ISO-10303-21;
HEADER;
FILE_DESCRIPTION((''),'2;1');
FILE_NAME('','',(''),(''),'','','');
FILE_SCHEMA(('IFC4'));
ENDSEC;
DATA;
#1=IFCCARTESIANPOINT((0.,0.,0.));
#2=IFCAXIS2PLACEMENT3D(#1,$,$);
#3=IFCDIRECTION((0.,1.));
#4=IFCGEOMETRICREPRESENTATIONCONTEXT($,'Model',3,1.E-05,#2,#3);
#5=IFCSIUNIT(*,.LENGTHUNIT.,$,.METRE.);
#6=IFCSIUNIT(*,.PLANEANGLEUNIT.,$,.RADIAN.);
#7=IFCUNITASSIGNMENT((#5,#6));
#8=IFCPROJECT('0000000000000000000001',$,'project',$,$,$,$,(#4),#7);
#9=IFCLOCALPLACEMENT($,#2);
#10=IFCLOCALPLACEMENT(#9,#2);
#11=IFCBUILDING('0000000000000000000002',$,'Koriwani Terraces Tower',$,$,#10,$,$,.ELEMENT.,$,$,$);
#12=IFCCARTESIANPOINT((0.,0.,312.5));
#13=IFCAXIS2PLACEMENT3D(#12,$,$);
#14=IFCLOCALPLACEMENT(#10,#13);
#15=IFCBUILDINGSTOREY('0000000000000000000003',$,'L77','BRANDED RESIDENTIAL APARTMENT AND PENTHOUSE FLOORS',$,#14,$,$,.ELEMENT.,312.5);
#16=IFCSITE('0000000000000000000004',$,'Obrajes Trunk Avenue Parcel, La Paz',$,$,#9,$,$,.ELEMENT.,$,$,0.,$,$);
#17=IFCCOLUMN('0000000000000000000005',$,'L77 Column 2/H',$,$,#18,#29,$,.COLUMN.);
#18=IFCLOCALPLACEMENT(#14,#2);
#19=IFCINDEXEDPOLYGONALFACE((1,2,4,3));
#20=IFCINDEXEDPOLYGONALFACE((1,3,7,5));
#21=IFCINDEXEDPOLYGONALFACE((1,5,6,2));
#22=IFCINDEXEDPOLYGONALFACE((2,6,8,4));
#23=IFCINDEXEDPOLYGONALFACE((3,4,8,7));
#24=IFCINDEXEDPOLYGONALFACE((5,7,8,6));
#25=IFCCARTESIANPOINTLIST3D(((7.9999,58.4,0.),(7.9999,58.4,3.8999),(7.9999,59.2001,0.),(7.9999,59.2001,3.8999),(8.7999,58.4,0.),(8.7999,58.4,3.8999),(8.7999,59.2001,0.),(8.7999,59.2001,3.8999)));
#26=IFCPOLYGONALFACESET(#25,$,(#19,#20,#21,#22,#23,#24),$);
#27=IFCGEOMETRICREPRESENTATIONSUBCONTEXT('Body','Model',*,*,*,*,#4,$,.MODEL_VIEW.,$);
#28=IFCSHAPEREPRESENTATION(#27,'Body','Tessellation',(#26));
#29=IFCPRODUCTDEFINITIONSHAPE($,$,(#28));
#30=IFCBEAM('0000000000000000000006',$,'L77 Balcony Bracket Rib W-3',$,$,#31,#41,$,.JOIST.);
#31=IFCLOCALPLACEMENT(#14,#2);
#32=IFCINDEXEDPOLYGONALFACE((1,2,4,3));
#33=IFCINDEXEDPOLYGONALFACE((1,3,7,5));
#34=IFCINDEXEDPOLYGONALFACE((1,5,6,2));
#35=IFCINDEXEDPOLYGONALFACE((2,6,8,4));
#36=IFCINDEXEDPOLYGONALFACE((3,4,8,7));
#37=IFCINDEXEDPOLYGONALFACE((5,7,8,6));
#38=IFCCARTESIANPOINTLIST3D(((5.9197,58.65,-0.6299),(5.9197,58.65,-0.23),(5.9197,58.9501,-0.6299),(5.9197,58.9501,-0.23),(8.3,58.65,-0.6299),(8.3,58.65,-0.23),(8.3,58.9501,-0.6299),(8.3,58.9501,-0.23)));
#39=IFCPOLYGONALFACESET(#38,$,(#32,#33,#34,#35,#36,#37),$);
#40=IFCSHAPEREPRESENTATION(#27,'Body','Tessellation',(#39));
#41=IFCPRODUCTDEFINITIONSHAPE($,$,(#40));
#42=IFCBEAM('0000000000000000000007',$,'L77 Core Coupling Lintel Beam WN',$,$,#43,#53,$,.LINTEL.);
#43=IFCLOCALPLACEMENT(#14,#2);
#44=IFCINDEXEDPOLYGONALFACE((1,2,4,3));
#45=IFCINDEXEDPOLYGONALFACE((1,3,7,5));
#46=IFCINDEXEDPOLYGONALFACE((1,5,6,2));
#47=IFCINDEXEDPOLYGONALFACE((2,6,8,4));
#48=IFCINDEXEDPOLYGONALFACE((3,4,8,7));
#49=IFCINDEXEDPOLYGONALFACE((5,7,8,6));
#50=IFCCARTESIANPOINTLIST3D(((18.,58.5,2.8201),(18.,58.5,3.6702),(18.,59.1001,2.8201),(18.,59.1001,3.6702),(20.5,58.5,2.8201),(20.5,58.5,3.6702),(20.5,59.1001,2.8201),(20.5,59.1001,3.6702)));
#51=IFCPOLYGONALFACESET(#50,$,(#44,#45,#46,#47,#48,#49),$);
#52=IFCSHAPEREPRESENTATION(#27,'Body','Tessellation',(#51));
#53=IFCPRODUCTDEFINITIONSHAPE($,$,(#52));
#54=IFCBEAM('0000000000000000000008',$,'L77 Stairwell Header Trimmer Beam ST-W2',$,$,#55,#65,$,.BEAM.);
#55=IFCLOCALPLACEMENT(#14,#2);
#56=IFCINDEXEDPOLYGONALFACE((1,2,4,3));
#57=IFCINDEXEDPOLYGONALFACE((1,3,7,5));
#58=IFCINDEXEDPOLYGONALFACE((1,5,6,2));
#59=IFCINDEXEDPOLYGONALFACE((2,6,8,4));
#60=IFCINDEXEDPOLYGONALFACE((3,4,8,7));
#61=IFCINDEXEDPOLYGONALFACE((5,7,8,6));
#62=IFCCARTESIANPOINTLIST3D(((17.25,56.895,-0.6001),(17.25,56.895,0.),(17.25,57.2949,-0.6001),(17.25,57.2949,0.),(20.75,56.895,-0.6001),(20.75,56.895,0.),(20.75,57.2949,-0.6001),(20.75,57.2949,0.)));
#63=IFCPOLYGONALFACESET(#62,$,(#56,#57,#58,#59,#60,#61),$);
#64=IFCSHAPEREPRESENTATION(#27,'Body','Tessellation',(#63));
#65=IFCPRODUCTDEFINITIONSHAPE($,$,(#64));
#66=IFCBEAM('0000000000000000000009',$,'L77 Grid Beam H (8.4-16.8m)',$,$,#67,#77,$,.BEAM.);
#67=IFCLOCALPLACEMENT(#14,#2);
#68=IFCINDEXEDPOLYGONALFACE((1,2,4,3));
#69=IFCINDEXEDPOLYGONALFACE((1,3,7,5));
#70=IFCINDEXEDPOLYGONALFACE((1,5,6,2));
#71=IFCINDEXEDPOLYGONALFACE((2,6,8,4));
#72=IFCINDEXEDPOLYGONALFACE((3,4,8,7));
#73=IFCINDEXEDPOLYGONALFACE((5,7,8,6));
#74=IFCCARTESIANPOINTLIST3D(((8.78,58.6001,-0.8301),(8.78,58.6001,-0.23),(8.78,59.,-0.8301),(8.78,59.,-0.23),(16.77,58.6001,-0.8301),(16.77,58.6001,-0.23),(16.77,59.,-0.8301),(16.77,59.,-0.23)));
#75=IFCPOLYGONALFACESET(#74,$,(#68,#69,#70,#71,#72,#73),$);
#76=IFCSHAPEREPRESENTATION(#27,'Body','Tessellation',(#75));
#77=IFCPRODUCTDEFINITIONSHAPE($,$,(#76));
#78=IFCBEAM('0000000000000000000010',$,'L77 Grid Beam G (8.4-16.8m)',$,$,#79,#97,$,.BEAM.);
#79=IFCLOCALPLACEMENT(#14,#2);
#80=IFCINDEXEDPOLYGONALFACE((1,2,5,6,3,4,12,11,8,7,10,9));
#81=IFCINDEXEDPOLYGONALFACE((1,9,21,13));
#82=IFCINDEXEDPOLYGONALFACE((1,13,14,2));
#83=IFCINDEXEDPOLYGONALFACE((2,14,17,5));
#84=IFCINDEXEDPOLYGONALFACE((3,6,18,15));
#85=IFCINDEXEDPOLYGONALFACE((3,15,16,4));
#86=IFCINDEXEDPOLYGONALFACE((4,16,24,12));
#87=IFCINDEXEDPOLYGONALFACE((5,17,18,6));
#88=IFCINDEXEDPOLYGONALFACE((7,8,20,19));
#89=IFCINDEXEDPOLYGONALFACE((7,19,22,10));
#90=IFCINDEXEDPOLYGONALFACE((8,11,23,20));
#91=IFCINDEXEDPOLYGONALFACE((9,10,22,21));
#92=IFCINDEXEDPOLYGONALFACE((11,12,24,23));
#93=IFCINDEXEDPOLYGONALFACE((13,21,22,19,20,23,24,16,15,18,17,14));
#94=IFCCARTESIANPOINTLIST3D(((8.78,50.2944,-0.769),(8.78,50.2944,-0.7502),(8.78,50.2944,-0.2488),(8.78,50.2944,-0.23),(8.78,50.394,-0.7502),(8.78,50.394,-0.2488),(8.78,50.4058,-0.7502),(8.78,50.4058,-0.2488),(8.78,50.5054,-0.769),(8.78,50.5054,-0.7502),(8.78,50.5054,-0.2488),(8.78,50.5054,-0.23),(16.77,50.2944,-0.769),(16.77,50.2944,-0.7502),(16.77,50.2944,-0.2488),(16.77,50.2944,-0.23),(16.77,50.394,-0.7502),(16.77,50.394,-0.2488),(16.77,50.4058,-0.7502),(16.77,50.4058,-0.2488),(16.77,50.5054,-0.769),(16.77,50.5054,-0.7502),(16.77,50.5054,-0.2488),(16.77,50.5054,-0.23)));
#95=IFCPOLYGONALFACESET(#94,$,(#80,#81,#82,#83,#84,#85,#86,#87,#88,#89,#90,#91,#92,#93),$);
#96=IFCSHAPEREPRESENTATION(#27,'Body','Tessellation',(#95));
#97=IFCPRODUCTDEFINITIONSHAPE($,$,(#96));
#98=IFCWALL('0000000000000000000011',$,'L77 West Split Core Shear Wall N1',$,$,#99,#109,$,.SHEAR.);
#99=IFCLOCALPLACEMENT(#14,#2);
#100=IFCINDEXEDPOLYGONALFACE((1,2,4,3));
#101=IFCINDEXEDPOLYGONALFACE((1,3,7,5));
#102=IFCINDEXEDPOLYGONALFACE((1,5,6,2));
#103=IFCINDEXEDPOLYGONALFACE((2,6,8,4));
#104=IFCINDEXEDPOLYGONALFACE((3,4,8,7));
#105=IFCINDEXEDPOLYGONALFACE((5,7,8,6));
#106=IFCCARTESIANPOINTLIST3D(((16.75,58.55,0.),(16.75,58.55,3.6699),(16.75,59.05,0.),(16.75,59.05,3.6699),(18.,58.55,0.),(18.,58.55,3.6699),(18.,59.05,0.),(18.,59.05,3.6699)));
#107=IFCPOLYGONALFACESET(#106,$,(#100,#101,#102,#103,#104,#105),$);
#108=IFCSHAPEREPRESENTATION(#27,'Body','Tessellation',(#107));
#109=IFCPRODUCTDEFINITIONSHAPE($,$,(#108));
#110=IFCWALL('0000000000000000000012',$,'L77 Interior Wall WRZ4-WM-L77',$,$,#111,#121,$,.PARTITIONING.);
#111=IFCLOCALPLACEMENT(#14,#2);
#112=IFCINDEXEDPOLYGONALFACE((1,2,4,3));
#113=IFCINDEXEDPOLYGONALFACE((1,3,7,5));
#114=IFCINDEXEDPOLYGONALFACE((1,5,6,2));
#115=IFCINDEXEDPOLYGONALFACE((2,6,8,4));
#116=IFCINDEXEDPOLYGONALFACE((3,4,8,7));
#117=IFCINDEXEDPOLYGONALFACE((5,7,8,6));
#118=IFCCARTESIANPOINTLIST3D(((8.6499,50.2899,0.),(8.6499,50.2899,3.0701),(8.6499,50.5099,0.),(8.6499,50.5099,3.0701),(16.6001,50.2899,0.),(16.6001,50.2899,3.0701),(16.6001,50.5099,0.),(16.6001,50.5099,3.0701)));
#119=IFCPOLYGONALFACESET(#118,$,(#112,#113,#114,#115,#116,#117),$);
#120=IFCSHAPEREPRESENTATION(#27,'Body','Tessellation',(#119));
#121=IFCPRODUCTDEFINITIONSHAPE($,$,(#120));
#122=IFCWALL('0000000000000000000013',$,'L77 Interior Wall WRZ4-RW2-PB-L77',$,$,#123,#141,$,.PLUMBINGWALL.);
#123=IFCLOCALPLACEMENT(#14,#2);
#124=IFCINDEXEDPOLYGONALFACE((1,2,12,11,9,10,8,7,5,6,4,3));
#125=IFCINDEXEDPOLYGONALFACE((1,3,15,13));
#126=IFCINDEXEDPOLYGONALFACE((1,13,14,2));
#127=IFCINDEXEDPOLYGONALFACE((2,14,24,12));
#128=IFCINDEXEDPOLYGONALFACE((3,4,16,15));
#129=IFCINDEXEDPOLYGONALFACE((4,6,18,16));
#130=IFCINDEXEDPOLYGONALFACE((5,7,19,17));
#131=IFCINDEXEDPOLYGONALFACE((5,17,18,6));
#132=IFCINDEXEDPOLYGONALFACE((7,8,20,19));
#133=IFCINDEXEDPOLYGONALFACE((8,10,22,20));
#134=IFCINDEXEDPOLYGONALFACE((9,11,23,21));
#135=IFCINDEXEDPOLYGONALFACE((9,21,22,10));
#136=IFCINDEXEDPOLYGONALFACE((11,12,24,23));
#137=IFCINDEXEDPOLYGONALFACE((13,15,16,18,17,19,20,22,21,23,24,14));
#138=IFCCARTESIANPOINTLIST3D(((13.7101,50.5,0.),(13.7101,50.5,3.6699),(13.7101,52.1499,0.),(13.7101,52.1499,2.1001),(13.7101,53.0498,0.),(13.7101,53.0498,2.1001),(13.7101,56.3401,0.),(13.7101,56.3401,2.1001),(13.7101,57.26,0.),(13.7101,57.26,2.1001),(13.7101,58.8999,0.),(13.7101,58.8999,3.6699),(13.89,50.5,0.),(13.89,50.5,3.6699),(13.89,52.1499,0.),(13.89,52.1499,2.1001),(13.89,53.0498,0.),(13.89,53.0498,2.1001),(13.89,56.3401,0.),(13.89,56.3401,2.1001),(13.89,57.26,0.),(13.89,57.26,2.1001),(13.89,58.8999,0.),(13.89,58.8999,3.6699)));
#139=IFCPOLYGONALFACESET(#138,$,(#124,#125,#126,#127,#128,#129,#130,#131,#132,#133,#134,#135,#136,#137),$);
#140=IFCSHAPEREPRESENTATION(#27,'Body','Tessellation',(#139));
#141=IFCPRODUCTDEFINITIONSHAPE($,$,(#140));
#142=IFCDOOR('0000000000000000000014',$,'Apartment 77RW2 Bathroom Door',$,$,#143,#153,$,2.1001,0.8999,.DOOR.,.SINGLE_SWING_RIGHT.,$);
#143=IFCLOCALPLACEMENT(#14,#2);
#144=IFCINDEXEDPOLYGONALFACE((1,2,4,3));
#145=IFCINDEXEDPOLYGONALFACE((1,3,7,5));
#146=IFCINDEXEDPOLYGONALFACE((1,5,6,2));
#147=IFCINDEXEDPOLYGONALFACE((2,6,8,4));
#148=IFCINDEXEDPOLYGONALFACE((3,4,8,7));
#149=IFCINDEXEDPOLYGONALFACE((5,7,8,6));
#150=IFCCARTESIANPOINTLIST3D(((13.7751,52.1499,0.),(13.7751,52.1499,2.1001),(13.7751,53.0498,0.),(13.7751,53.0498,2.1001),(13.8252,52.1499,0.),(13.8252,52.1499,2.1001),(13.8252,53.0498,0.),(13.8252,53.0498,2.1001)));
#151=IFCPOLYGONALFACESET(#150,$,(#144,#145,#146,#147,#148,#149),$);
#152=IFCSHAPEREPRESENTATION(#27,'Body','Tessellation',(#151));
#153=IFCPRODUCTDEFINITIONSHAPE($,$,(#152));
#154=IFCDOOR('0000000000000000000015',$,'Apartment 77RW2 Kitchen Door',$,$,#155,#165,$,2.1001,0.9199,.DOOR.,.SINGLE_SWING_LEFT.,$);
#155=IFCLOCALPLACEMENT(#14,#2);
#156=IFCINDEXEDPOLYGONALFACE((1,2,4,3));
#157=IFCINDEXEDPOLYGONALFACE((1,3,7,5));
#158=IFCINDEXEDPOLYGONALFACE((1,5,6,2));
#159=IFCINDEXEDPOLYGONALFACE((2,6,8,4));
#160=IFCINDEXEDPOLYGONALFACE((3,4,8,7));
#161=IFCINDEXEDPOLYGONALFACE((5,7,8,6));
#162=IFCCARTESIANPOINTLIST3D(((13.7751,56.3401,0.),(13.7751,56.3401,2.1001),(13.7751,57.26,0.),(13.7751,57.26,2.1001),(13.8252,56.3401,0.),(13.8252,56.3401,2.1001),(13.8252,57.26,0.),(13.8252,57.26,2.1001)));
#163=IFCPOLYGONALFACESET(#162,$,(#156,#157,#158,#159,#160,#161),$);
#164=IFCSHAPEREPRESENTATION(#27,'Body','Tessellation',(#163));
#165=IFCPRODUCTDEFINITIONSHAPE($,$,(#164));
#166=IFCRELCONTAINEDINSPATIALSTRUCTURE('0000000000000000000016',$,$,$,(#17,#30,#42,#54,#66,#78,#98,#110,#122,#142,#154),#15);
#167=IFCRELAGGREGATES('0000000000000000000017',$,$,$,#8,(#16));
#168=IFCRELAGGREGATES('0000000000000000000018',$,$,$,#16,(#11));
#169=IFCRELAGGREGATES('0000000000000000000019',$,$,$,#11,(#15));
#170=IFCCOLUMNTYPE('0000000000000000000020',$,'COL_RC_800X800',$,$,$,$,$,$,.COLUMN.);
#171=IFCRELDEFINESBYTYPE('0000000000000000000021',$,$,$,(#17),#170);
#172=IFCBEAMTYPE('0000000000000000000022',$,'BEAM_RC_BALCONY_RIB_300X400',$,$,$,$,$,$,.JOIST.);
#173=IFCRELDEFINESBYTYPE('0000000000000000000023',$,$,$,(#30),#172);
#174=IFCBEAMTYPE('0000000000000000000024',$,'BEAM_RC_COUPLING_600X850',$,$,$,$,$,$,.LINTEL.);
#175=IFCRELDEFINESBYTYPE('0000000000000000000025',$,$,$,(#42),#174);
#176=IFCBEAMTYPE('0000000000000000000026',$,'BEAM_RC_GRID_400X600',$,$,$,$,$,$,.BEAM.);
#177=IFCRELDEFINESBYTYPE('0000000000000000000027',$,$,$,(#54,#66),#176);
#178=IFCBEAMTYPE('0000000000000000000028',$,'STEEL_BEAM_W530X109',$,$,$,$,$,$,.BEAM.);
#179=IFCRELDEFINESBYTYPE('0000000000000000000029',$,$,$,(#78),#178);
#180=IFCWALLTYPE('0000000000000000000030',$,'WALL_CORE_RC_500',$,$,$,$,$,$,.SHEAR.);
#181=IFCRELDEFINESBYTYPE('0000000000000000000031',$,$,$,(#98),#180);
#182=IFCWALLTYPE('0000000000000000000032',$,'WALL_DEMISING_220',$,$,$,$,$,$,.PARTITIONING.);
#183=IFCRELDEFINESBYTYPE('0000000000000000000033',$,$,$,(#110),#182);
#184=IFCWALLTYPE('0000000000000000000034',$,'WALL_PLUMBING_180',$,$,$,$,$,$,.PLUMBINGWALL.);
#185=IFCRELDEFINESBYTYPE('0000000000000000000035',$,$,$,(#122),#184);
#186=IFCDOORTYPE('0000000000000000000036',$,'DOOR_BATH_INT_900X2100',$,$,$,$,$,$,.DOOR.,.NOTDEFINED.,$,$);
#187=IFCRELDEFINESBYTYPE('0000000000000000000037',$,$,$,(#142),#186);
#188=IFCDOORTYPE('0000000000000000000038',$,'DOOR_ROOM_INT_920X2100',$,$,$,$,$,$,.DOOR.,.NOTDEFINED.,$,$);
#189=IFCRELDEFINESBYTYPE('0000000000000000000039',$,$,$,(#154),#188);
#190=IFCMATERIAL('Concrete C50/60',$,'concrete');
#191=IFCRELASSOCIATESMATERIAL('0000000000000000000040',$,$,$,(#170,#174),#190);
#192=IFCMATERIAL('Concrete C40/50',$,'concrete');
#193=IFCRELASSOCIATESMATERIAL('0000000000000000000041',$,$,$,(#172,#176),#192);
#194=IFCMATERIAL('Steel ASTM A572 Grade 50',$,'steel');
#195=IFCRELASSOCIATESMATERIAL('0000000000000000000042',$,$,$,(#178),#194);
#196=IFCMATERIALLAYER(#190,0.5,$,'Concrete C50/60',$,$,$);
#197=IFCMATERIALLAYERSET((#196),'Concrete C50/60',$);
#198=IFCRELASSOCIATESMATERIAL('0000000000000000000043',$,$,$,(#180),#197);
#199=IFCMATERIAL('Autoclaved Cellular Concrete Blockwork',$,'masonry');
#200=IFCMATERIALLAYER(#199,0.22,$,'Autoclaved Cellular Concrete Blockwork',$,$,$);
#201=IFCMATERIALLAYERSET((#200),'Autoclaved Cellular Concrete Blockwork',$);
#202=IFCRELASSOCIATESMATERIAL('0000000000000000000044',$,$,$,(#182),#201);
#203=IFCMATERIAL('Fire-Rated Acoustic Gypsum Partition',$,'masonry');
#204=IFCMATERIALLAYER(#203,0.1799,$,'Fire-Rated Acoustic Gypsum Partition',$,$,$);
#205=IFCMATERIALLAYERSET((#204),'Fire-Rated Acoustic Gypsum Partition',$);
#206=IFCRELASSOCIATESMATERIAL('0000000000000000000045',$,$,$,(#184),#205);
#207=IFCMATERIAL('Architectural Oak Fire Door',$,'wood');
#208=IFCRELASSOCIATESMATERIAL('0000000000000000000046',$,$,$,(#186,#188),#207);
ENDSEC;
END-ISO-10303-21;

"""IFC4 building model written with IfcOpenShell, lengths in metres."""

from ifc_helpers import new_model, si_unit, direction, frame, frame_2d, origin, origin_2d, place, context, subcontext, project, spatial, rectangle, i_section, extrude, material, layer, layer_set, material_profile, profile_set, type_object, element, fill, save


model = new_model("IFC4")

# Units and contexts
model_context = context("Model", 3, precision=1e-05, world=origin(), true_north=direction((0.0, 1.0)))
body_context = subcontext(model_context, "Body", "Model", "MODEL_VIEW")
ifc_project = project(units=[si_unit("LENGTHUNIT", "METRE"), si_unit("PLANEANGLEUNIT", "RADIAN")], contexts=[model_context])

# Site, building, storey
site_placement = place(None, origin())
site = spatial("IfcSite", under=ifc_project, at=site_placement, Name="Obrajes Trunk Avenue Parcel, La Paz", CompositionType="ELEMENT", RefElevation=0.0)
building_placement = place(site_placement, origin())
building = spatial("IfcBuilding", under=site, at=building_placement, Name="Koriwani Terraces Tower", CompositionType="ELEMENT")
storey_placement = place(building_placement, frame((0.0, 0.0, 312.5)))
storey = spatial("IfcBuildingStorey", under=building, at=storey_placement, Name="L77", Description="BRANDED RESIDENTIAL APARTMENT AND PENTHOUSE FLOORS", CompositionType="ELEMENT", Elevation=312.5)

# Column
ifc_material_1 = material(Name="Concrete C50/60", Category="concrete")
ifc_material_profile_1 = material_profile(ifc_material_1, rectangle(XDim=0.8, YDim=0.8, at=origin_2d()), Name="Concrete C50/60", Category="LoadBearing")
ifc_profile_set_1 = profile_set([ifc_material_profile_1], Name="Concrete C50/60")
column_type = type_object("IfcColumnType", Name="COL_RC_800X800", PredefinedType="COLUMN", material=ifc_profile_set_1)
column_placement = place(storey_placement, frame((8.3999, 58.8, 0.0), z_axis=(0.0, 0.0, 1.0), x_axis=(1.0, 0.0, 0.0)))
element("IfcColumn", 1, at=column_placement, inside=storey, type_object=column_type, Name="L77 Column 2/H", PredefinedType="COLUMN", context=body_context, shape_type="SweptSolid", body=[
    extrude(rectangle(XDim=0.8, YDim=0.8, at=origin_2d()), origin(), (0.0, 0.0, 1.0), 3.8999),
])

# Beams
ifc_material_2 = material(Name="Concrete C40/50", Category="concrete")
ifc_material_profile_2 = material_profile(ifc_material_2, rectangle(XDim=0.3, YDim=0.3999, at=origin_2d()), Name="Concrete C40/50", Category="LoadBearing")
ifc_profile_set_2 = profile_set([ifc_material_profile_2], Name="Concrete C40/50")
beam_type_1 = type_object("IfcBeamType", Name="BEAM_RC_BALCONY_RIB_300X400", PredefinedType="JOIST", material=ifc_profile_set_2)
beam_1_placement = place(storey_placement, frame((5.9197, 58.8, -0.4299), z_axis=(1.0, 0.0, 0.0), x_axis=(0.0, 1.0, 0.0)))
element("IfcBeam", 2, at=beam_1_placement, inside=storey, type_object=beam_type_1, Name="L77 Balcony Bracket Rib W-3", PredefinedType="JOIST", context=body_context, shape_type="SweptSolid", body=[
    extrude(rectangle(XDim=0.3, YDim=0.3999, at=origin_2d()), origin(), (0.0, 0.0, 1.0), 2.3804),
])
ifc_material_profile_3 = material_profile(ifc_material_1, rectangle(XDim=0.6001, YDim=0.8501, at=origin_2d()), Name="Concrete C50/60", Category="LoadBearing")
ifc_profile_set_3 = profile_set([ifc_material_profile_3], Name="Concrete C50/60")
beam_type_2 = type_object("IfcBeamType", Name="BEAM_RC_COUPLING_600X850", PredefinedType="LINTEL", material=ifc_profile_set_3)
beam_2_placement = place(storey_placement, frame((18.0, 58.8, 3.2451), z_axis=(1.0, 0.0, 0.0), x_axis=(0.0, 1.0, 0.0)))
element("IfcBeam", 3, at=beam_2_placement, inside=storey, type_object=beam_type_2, Name="L77 Core Coupling Lintel Beam WN", PredefinedType="LINTEL", context=body_context, shape_type="SweptSolid", body=[
    extrude(rectangle(XDim=0.6001, YDim=0.8501, at=origin_2d()), origin(), (0.0, 0.0, 1.0), 2.5),
])
ifc_material_profile_4 = material_profile(ifc_material_2, rectangle(XDim=0.3999, YDim=0.6001, at=origin_2d()), Name="Concrete C40/50", Category="LoadBearing")
ifc_profile_set_4 = profile_set([ifc_material_profile_4], Name="Concrete C40/50")
beam_type_3 = type_object("IfcBeamType", Name="BEAM_RC_GRID_400X600", PredefinedType="BEAM", material=ifc_profile_set_4)
beam_3_placement = place(storey_placement, frame((17.25, 57.095, -0.3), z_axis=(1.0, 0.0, 0.0), x_axis=(0.0, 1.0, 0.0)))
element("IfcBeam", 4, at=beam_3_placement, inside=storey, type_object=beam_type_3, Name="L77 Stairwell Header Trimmer Beam ST-W2", PredefinedType="BEAM", context=body_context, shape_type="SweptSolid", body=[
    extrude(rectangle(XDim=0.3999, YDim=0.6001, at=origin_2d()), origin(), (0.0, 0.0, 1.0), 3.5),
])
beam_4_placement = place(storey_placement, frame((8.78, 58.8, -0.53), z_axis=(1.0, 0.0, 0.0), x_axis=(0.0, 1.0, 0.0)))
element("IfcBeam", 5, at=beam_4_placement, inside=storey, type_object=beam_type_3, Name="L77 Grid Beam H (8.4-16.8m)", PredefinedType="BEAM", context=body_context, shape_type="SweptSolid", body=[
    extrude(rectangle(XDim=0.3999, YDim=0.6001, at=origin_2d()), origin(), (0.0, 0.0, 1.0), 7.99),
])
ifc_material_3 = material(Name="Steel ASTM A572 Grade 50", Category="steel")
ifc_material_profile_5 = material_profile(ifc_material_3, i_section(OverallWidth=0.2109, OverallDepth=0.5391, WebThickness=0.0117, FlangeThickness=0.0188, at=origin_2d()), Name="Steel ASTM A572 Grade 50", Category="LoadBearing")
ifc_profile_set_5 = profile_set([ifc_material_profile_5], Name="Steel ASTM A572 Grade 50")
beam_type_4 = type_object("IfcBeamType", Name="STEEL_BEAM_W530X109", PredefinedType="BEAM", material=ifc_profile_set_5)
beam_5_placement = place(storey_placement, frame((8.78, 50.3999, -0.4995), z_axis=(1.0, 0.0, 0.0), x_axis=(0.0, 1.0, 0.0)))
element("IfcBeam", 6, at=beam_5_placement, inside=storey, type_object=beam_type_4, Name="L77 Grid Beam G (8.4-16.8m)", PredefinedType="BEAM", context=body_context, shape_type="SweptSolid", body=[
    extrude(i_section(OverallWidth=0.2109, OverallDepth=0.5391, WebThickness=0.0117, FlangeThickness=0.0188, at=origin_2d()), origin(), (0.0, 0.0, 1.0), 7.99),
])

# Walls
ifc_layer_1 = layer(ifc_material_1, 0.5, Name="Concrete C50/60")
ifc_layer_set_1 = layer_set([ifc_layer_1], Name="Concrete C50/60")
wall_type_1 = type_object("IfcWallType", Name="WALL_CORE_RC_500", PredefinedType="SHEAR", material=ifc_layer_set_1)
wall_1_placement = place(storey_placement, frame((16.75, 58.8, 0.0), z_axis=(0.0, 0.0, 1.0), x_axis=(1.0, 0.0, 0.0)))
element("IfcWall", 7, at=wall_1_placement, inside=storey, type_object=wall_type_1, Name="L77 West Split Core Shear Wall N1", PredefinedType="SHEAR", context=body_context, shape_type="SweptSolid", body=[
    extrude(rectangle(XDim=1.25, YDim=0.5, at=frame_2d((0.625, 0.0))), origin(), (0.0, 0.0, 1.0), 3.6699),
])
ifc_material_4 = material(Name="Autoclaved Cellular Concrete Blockwork", Category="masonry")
ifc_layer_2 = layer(ifc_material_4, 0.22, Name="Autoclaved Cellular Concrete Blockwork")
ifc_layer_set_2 = layer_set([ifc_layer_2], Name="Autoclaved Cellular Concrete Blockwork")
wall_type_2 = type_object("IfcWallType", Name="WALL_DEMISING_220", PredefinedType="PARTITIONING", material=ifc_layer_set_2)
wall_2_placement = place(storey_placement, frame((8.6499, 50.3999, 0.0), z_axis=(0.0, 0.0, 1.0), x_axis=(1.0, 0.0, 0.0)))
element("IfcWall", 8, at=wall_2_placement, inside=storey, type_object=wall_type_2, Name="L77 Interior Wall WRZ4-WM-L77", PredefinedType="PARTITIONING", context=body_context, shape_type="SweptSolid", body=[
    extrude(rectangle(XDim=7.9502, YDim=0.22, at=frame_2d((3.9751, 0.0))), origin(), (0.0, 0.0, 1.0), 3.0701),
])

# Wall, openings, doors
ifc_material_5 = material(Name="Fire-Rated Acoustic Gypsum Partition", Category="masonry")
ifc_layer_3 = layer(ifc_material_5, 0.1799, Name="Fire-Rated Acoustic Gypsum Partition")
ifc_layer_set_3 = layer_set([ifc_layer_3], Name="Fire-Rated Acoustic Gypsum Partition")
wall_type_3 = type_object("IfcWallType", Name="WALL_PLUMBING_180", PredefinedType="PLUMBINGWALL", material=ifc_layer_set_3)
wall_3_placement = place(storey_placement, frame((13.8, 50.5, 0.0), z_axis=(0.0, 0.0, 1.0), x_axis=(0.0, 1.0, 0.0)))
wall_3 = element("IfcWall", 9, at=wall_3_placement, inside=storey, type_object=wall_type_3, Name="L77 Interior Wall WRZ4-RW2-PB-L77", PredefinedType="PLUMBINGWALL", context=body_context, shape_type="SweptSolid", body=[
    extrude(rectangle(XDim=8.3999, YDim=0.1799, at=frame_2d((4.2, 0.0))), origin(), (0.0, 0.0, 1.0), 3.6699),
])
opening_1_placement = place(wall_3_placement, frame((1.6499, 0.0, 0.0)))
opening_1 = element("IfcOpeningElement", 10, at=opening_1_placement, cuts=wall_3, PredefinedType="OPENING", context=body_context, shape_type="SweptSolid", body=[
    extrude(rectangle(XDim=0.8999, YDim=2.1001, at=frame_2d((0.45, 1.05))), frame((0.0, 0.1001, 0.0), z_axis=(0.0, -1.0, 0.0), x_axis=(1.0, 0.0, 0.0)), (0.0, 0.0, 1.0), 0.2),
])
opening_2_placement = place(wall_3_placement, frame((5.8401, 0.0, 0.0)))
opening_2 = element("IfcOpeningElement", 11, at=opening_2_placement, cuts=wall_3, PredefinedType="OPENING", context=body_context, shape_type="SweptSolid", body=[
    extrude(rectangle(XDim=0.9199, YDim=2.1001, at=frame_2d((0.46, 1.05))), frame((0.0, 0.1001, 0.0), z_axis=(0.0, -1.0, 0.0), x_axis=(1.0, 0.0, 0.0)), (0.0, 0.0, 1.0), 0.2),
])
ifc_material_6 = material(Name="Architectural Oak Fire Door", Category="wood")
door_type_1 = type_object("IfcDoorType", Name="DOOR_BATH_INT_900X2100", OperationType="NOTDEFINED", PredefinedType="DOOR", material=ifc_material_6)
door_1_placement = place(opening_1_placement, origin())
door_1 = element("IfcDoor", 12, at=door_1_placement, inside=storey, type_object=door_type_1, Name="Apartment 77RW2 Bathroom Door", OperationType="SINGLE_SWING_RIGHT", OverallHeight=2.1001, OverallWidth=0.8999, PredefinedType="DOOR", context=body_context, shape_type="SweptSolid", body=[
    extrude(rectangle(XDim=0.8999, YDim=2.1001, at=frame_2d((0.45, 1.05))), frame((0.0, 0.0249, 0.0), z_axis=(0.0, -1.0, 0.0), x_axis=(1.0, 0.0, 0.0)), (0.0, 0.0, 1.0), 0.05),
])
fill(opening_1, door_1)
door_type_2 = type_object("IfcDoorType", Name="DOOR_ROOM_INT_920X2100", OperationType="NOTDEFINED", PredefinedType="DOOR", material=ifc_material_6)
door_2_placement = place(opening_2_placement, origin())
door_2 = element("IfcDoor", 13, at=door_2_placement, inside=storey, type_object=door_type_2, Name="Apartment 77RW2 Kitchen Door", OperationType="SINGLE_SWING_LEFT", OverallHeight=2.1001, OverallWidth=0.9199, PredefinedType="DOOR", context=body_context, shape_type="SweptSolid", body=[
    extrude(rectangle(XDim=0.9199, YDim=2.1001, at=frame_2d((0.46, 1.05))), frame((0.0, 0.0249, 0.0), z_axis=(0.0, -1.0, 0.0), x_axis=(1.0, 0.0, 0.0)), (0.0, 0.0, 1.0), 0.05),
])
fill(opening_2, door_2)

save(model, "model.ifc")
